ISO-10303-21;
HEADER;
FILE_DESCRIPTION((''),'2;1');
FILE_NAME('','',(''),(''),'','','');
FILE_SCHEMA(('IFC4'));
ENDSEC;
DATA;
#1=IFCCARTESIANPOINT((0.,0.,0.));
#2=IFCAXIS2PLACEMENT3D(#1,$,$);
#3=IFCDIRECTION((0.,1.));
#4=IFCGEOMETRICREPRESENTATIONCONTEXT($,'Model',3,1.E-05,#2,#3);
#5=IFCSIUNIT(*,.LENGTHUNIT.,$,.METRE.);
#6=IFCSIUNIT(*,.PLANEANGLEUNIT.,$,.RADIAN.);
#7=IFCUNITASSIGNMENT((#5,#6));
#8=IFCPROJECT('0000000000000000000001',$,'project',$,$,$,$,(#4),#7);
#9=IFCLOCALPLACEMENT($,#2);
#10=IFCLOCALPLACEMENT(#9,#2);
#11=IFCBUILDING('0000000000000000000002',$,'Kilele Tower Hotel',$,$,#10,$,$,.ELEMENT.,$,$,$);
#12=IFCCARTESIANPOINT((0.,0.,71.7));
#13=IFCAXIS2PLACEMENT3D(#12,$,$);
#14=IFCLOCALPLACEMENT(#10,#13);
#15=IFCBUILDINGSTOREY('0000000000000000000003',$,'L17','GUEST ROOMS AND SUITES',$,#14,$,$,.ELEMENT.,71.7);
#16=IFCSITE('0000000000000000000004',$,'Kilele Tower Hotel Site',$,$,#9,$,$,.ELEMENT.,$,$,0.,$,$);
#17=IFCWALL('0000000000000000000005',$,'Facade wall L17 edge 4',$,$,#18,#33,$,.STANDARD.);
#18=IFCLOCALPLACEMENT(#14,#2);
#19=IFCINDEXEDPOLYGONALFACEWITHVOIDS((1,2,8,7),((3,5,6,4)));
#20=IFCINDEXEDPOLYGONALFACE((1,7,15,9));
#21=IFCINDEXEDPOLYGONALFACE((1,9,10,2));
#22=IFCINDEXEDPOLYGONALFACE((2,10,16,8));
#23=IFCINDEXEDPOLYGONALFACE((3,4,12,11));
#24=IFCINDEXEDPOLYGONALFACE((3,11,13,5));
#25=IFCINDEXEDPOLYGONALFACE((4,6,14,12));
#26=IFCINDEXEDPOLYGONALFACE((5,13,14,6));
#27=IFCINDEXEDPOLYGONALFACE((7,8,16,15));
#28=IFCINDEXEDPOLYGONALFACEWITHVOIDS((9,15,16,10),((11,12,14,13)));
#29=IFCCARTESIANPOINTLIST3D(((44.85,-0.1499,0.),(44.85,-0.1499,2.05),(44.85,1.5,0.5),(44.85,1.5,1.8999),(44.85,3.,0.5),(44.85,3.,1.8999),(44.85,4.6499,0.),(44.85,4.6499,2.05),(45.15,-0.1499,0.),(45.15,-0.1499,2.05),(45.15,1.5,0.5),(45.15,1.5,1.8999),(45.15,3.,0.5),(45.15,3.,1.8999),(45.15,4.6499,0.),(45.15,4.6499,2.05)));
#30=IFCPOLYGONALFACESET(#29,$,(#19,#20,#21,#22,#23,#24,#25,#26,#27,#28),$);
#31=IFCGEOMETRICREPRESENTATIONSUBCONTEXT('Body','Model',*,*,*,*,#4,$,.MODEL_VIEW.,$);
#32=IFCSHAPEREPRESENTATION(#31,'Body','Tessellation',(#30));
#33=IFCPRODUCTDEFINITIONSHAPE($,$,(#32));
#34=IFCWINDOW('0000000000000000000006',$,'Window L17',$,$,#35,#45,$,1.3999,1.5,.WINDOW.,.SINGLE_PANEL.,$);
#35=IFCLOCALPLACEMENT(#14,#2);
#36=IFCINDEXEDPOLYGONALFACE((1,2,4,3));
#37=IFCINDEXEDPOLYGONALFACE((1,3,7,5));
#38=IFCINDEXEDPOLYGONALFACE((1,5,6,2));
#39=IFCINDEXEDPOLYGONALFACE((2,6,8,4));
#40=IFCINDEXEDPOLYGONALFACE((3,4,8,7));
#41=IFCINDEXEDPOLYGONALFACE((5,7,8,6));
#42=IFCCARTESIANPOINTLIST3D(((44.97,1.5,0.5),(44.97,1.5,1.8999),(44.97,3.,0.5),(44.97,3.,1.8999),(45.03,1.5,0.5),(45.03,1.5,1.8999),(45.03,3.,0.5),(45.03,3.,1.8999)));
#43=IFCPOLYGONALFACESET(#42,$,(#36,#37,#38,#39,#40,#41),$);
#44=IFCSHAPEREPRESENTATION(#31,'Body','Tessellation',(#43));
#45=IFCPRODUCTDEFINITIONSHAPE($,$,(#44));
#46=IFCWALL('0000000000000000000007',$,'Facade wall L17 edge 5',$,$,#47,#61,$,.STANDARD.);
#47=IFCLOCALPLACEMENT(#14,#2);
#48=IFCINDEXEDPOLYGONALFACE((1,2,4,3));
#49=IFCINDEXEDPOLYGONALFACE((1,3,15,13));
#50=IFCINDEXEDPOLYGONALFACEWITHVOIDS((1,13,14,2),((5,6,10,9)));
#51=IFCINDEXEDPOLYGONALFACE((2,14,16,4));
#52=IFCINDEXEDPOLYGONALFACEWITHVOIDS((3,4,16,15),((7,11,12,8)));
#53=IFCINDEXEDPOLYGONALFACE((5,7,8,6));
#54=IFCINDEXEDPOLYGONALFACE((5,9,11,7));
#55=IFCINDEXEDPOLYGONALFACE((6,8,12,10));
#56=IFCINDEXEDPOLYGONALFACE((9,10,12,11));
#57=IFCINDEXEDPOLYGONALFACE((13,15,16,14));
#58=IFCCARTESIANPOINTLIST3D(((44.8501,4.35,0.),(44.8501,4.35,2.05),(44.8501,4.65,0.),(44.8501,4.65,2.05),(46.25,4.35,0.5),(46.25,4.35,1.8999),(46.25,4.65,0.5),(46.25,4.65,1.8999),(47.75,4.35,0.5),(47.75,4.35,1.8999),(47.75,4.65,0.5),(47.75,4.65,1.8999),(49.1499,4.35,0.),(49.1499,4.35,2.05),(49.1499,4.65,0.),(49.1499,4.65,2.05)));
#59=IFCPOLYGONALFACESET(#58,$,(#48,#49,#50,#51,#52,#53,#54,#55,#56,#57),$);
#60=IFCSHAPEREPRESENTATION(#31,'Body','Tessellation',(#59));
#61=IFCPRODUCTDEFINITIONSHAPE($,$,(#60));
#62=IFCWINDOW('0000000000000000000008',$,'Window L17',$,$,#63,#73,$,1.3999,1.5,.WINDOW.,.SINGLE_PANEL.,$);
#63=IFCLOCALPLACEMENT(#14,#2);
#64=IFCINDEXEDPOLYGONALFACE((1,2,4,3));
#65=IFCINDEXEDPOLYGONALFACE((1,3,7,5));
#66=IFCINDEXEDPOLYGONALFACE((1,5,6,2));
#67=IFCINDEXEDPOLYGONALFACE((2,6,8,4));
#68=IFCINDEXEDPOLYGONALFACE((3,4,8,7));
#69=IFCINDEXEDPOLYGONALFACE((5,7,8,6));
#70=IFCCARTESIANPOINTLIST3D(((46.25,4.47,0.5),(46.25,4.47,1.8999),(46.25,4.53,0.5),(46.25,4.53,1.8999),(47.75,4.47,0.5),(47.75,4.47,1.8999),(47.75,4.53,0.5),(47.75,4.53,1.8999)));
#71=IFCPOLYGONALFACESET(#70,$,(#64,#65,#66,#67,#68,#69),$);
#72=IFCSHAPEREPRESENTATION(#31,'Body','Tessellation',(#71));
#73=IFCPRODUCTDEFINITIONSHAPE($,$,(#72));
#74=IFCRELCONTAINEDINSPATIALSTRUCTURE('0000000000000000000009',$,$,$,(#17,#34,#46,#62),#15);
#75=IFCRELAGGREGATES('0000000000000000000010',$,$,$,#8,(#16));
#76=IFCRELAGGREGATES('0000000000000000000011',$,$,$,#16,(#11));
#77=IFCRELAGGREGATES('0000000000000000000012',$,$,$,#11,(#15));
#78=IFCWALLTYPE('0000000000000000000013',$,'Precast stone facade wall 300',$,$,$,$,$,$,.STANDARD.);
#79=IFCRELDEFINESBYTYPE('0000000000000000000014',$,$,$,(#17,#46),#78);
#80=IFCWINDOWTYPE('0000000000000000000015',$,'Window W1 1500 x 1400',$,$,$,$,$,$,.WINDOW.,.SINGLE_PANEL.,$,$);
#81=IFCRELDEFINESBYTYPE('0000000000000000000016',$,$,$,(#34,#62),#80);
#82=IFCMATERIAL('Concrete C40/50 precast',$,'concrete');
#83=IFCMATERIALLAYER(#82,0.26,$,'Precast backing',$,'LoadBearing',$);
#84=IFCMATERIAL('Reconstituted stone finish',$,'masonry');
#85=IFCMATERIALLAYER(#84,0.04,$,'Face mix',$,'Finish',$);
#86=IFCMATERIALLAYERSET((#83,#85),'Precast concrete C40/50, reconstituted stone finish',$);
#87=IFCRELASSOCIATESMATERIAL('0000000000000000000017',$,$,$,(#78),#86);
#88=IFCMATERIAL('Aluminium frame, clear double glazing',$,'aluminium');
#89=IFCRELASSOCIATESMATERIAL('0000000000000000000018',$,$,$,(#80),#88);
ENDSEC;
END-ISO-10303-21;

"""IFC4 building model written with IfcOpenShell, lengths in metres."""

from ifc_helpers import new_model, si_unit, direction, frame, frame_2d, origin, place, context, subcontext, project, spatial, rectangle, extrude, material, layer, layer_set, type_object, element, fill, save


model = new_model("IFC4")

# Units and contexts
model_context = context("Model", 3, precision=1e-05, world=origin(), true_north=direction((0.0, 1.0)))
body_context = subcontext(model_context, "Body", "Model", "MODEL_VIEW")
ifc_project = project(units=[si_unit("LENGTHUNIT", "METRE"), si_unit("PLANEANGLEUNIT", "RADIAN")], contexts=[model_context])

# Site, building, storey
site_placement = place(None, origin())
site = spatial("IfcSite", under=ifc_project, at=site_placement, Name="Kilele Tower Hotel Site", CompositionType="ELEMENT", RefElevation=0.0)
building_placement = place(site_placement, origin())
building = spatial("IfcBuilding", under=site, at=building_placement, Name="Kilele Tower Hotel", CompositionType="ELEMENT")
storey_placement = place(building_placement, frame((0.0, 0.0, 71.7)))
storey = spatial("IfcBuildingStorey", under=building, at=storey_placement, Name="L17", Description="GUEST ROOMS AND SUITES", CompositionType="ELEMENT", Elevation=71.7)

# Walls, openings, windows
ifc_material_1 = material(Name="Concrete C40/50 precast", Category="concrete")
ifc_layer_1 = layer(ifc_material_1, 0.26, Name="Precast backing", Category="LoadBearing")
ifc_material_2 = material(Name="Reconstituted stone finish", Category="masonry")
ifc_layer_2 = layer(ifc_material_2, 0.04, Name="Face mix", Category="Finish")
ifc_layer_set_1 = layer_set([ifc_layer_1, ifc_layer_2], Name="Precast concrete C40/50, reconstituted stone finish")
wall_type_1 = type_object("IfcWallType", Name="Precast stone facade wall 300", PredefinedType="STANDARD", material=ifc_layer_set_1)
wall_1_placement = place(storey_placement, frame((45.0, -0.1499, 0.0), z_axis=(0.0, 0.0, 1.0), x_axis=(0.0, 1.0, 0.0)))
wall_1 = element("IfcWall", 1, at=wall_1_placement, inside=storey, type_object=wall_type_1, Name="Facade wall L17 edge 4", PredefinedType="STANDARD", context=body_context, shape_type="SweptSolid", body=[
    extrude(rectangle(XDim=4.7998, YDim=0.3, at=frame_2d((2.3999, 0.0))), origin(), (0.0, 0.0, 1.0), 2.05),
])
opening_1_placement = place(wall_1_placement, frame((1.6499, 0.0, 0.5)))
opening_1 = element("IfcOpeningElement", 2, at=opening_1_placement, cuts=wall_1, PredefinedType="OPENING", context=body_context, shape_type="SweptSolid", body=[
    extrude(rectangle(XDim=1.5, YDim=1.3999, at=frame_2d((0.75, 0.7))), frame((0.0, 0.1599, 0.0), z_axis=(0.0, -1.0, 0.0), x_axis=(1.0, 0.0, 0.0)), (0.0, 0.0, 1.0), 0.3201),
])
ifc_material_3 = material(Name="Aluminium frame, clear double glazing", Category="aluminium")
window_type = type_object("IfcWindowType", Name="Window W1 1500 x 1400", PartitioningType="SINGLE_PANEL", PredefinedType="WINDOW", material=ifc_material_3)
window_1_placement = place(opening_1_placement, origin())
window_1 = element("IfcWindow", 3, at=window_1_placement, inside=storey, type_object=window_type, Name="Window L17", OverallHeight=1.3999, OverallWidth=1.5, PartitioningType="SINGLE_PANEL", PredefinedType="WINDOW", context=body_context, shape_type="SweptSolid", body=[
    extrude(rectangle(XDim=1.5, YDim=1.3999, at=frame_2d((0.75, 0.7))), frame((0.0, 0.03, 0.0), z_axis=(0.0, -1.0, 0.0), x_axis=(1.0, 0.0, 0.0)), (0.0, 0.0, 1.0), 0.0601),
])
fill(opening_1, window_1)
wall_2_placement = place(storey_placement, frame((44.8501, 4.5, 0.0), z_axis=(0.0, 0.0, 1.0), x_axis=(1.0, 0.0, 0.0)))
wall_2 = element("IfcWall", 4, at=wall_2_placement, inside=storey, type_object=wall_type_1, Name="Facade wall L17 edge 5", PredefinedType="STANDARD", context=body_context, shape_type="SweptSolid", body=[
    extrude(rectangle(XDim=4.2998, YDim=0.3, at=frame_2d((2.1499, 0.0))), origin(), (0.0, 0.0, 1.0), 2.05),
])
opening_2_placement = place(wall_2_placement, frame((1.3999, 0.0, 0.5)))
opening_2 = element("IfcOpeningElement", 5, at=opening_2_placement, cuts=wall_2, PredefinedType="OPENING", context=body_context, shape_type="SweptSolid", body=[
    extrude(rectangle(XDim=1.5, YDim=1.3999, at=frame_2d((0.75, 0.7))), frame((0.0, 0.1599, 0.0), z_axis=(0.0, -1.0, 0.0), x_axis=(1.0, 0.0, 0.0)), (0.0, 0.0, 1.0), 0.3201),
])
window_2_placement = place(opening_2_placement, origin())
window_2 = element("IfcWindow", 6, at=window_2_placement, inside=storey, type_object=window_type, Name="Window L17", OverallHeight=1.3999, OverallWidth=1.5, PartitioningType="SINGLE_PANEL", PredefinedType="WINDOW", context=body_context, shape_type="SweptSolid", body=[
    extrude(rectangle(XDim=1.5, YDim=1.3999, at=frame_2d((0.75, 0.7))), frame((0.0, 0.03, 0.0), z_axis=(0.0, -1.0, 0.0), x_axis=(1.0, 0.0, 0.0)), (0.0, 0.0, 1.0), 0.0601),
])
fill(opening_2, window_2)

save(model, "model.ifc")
